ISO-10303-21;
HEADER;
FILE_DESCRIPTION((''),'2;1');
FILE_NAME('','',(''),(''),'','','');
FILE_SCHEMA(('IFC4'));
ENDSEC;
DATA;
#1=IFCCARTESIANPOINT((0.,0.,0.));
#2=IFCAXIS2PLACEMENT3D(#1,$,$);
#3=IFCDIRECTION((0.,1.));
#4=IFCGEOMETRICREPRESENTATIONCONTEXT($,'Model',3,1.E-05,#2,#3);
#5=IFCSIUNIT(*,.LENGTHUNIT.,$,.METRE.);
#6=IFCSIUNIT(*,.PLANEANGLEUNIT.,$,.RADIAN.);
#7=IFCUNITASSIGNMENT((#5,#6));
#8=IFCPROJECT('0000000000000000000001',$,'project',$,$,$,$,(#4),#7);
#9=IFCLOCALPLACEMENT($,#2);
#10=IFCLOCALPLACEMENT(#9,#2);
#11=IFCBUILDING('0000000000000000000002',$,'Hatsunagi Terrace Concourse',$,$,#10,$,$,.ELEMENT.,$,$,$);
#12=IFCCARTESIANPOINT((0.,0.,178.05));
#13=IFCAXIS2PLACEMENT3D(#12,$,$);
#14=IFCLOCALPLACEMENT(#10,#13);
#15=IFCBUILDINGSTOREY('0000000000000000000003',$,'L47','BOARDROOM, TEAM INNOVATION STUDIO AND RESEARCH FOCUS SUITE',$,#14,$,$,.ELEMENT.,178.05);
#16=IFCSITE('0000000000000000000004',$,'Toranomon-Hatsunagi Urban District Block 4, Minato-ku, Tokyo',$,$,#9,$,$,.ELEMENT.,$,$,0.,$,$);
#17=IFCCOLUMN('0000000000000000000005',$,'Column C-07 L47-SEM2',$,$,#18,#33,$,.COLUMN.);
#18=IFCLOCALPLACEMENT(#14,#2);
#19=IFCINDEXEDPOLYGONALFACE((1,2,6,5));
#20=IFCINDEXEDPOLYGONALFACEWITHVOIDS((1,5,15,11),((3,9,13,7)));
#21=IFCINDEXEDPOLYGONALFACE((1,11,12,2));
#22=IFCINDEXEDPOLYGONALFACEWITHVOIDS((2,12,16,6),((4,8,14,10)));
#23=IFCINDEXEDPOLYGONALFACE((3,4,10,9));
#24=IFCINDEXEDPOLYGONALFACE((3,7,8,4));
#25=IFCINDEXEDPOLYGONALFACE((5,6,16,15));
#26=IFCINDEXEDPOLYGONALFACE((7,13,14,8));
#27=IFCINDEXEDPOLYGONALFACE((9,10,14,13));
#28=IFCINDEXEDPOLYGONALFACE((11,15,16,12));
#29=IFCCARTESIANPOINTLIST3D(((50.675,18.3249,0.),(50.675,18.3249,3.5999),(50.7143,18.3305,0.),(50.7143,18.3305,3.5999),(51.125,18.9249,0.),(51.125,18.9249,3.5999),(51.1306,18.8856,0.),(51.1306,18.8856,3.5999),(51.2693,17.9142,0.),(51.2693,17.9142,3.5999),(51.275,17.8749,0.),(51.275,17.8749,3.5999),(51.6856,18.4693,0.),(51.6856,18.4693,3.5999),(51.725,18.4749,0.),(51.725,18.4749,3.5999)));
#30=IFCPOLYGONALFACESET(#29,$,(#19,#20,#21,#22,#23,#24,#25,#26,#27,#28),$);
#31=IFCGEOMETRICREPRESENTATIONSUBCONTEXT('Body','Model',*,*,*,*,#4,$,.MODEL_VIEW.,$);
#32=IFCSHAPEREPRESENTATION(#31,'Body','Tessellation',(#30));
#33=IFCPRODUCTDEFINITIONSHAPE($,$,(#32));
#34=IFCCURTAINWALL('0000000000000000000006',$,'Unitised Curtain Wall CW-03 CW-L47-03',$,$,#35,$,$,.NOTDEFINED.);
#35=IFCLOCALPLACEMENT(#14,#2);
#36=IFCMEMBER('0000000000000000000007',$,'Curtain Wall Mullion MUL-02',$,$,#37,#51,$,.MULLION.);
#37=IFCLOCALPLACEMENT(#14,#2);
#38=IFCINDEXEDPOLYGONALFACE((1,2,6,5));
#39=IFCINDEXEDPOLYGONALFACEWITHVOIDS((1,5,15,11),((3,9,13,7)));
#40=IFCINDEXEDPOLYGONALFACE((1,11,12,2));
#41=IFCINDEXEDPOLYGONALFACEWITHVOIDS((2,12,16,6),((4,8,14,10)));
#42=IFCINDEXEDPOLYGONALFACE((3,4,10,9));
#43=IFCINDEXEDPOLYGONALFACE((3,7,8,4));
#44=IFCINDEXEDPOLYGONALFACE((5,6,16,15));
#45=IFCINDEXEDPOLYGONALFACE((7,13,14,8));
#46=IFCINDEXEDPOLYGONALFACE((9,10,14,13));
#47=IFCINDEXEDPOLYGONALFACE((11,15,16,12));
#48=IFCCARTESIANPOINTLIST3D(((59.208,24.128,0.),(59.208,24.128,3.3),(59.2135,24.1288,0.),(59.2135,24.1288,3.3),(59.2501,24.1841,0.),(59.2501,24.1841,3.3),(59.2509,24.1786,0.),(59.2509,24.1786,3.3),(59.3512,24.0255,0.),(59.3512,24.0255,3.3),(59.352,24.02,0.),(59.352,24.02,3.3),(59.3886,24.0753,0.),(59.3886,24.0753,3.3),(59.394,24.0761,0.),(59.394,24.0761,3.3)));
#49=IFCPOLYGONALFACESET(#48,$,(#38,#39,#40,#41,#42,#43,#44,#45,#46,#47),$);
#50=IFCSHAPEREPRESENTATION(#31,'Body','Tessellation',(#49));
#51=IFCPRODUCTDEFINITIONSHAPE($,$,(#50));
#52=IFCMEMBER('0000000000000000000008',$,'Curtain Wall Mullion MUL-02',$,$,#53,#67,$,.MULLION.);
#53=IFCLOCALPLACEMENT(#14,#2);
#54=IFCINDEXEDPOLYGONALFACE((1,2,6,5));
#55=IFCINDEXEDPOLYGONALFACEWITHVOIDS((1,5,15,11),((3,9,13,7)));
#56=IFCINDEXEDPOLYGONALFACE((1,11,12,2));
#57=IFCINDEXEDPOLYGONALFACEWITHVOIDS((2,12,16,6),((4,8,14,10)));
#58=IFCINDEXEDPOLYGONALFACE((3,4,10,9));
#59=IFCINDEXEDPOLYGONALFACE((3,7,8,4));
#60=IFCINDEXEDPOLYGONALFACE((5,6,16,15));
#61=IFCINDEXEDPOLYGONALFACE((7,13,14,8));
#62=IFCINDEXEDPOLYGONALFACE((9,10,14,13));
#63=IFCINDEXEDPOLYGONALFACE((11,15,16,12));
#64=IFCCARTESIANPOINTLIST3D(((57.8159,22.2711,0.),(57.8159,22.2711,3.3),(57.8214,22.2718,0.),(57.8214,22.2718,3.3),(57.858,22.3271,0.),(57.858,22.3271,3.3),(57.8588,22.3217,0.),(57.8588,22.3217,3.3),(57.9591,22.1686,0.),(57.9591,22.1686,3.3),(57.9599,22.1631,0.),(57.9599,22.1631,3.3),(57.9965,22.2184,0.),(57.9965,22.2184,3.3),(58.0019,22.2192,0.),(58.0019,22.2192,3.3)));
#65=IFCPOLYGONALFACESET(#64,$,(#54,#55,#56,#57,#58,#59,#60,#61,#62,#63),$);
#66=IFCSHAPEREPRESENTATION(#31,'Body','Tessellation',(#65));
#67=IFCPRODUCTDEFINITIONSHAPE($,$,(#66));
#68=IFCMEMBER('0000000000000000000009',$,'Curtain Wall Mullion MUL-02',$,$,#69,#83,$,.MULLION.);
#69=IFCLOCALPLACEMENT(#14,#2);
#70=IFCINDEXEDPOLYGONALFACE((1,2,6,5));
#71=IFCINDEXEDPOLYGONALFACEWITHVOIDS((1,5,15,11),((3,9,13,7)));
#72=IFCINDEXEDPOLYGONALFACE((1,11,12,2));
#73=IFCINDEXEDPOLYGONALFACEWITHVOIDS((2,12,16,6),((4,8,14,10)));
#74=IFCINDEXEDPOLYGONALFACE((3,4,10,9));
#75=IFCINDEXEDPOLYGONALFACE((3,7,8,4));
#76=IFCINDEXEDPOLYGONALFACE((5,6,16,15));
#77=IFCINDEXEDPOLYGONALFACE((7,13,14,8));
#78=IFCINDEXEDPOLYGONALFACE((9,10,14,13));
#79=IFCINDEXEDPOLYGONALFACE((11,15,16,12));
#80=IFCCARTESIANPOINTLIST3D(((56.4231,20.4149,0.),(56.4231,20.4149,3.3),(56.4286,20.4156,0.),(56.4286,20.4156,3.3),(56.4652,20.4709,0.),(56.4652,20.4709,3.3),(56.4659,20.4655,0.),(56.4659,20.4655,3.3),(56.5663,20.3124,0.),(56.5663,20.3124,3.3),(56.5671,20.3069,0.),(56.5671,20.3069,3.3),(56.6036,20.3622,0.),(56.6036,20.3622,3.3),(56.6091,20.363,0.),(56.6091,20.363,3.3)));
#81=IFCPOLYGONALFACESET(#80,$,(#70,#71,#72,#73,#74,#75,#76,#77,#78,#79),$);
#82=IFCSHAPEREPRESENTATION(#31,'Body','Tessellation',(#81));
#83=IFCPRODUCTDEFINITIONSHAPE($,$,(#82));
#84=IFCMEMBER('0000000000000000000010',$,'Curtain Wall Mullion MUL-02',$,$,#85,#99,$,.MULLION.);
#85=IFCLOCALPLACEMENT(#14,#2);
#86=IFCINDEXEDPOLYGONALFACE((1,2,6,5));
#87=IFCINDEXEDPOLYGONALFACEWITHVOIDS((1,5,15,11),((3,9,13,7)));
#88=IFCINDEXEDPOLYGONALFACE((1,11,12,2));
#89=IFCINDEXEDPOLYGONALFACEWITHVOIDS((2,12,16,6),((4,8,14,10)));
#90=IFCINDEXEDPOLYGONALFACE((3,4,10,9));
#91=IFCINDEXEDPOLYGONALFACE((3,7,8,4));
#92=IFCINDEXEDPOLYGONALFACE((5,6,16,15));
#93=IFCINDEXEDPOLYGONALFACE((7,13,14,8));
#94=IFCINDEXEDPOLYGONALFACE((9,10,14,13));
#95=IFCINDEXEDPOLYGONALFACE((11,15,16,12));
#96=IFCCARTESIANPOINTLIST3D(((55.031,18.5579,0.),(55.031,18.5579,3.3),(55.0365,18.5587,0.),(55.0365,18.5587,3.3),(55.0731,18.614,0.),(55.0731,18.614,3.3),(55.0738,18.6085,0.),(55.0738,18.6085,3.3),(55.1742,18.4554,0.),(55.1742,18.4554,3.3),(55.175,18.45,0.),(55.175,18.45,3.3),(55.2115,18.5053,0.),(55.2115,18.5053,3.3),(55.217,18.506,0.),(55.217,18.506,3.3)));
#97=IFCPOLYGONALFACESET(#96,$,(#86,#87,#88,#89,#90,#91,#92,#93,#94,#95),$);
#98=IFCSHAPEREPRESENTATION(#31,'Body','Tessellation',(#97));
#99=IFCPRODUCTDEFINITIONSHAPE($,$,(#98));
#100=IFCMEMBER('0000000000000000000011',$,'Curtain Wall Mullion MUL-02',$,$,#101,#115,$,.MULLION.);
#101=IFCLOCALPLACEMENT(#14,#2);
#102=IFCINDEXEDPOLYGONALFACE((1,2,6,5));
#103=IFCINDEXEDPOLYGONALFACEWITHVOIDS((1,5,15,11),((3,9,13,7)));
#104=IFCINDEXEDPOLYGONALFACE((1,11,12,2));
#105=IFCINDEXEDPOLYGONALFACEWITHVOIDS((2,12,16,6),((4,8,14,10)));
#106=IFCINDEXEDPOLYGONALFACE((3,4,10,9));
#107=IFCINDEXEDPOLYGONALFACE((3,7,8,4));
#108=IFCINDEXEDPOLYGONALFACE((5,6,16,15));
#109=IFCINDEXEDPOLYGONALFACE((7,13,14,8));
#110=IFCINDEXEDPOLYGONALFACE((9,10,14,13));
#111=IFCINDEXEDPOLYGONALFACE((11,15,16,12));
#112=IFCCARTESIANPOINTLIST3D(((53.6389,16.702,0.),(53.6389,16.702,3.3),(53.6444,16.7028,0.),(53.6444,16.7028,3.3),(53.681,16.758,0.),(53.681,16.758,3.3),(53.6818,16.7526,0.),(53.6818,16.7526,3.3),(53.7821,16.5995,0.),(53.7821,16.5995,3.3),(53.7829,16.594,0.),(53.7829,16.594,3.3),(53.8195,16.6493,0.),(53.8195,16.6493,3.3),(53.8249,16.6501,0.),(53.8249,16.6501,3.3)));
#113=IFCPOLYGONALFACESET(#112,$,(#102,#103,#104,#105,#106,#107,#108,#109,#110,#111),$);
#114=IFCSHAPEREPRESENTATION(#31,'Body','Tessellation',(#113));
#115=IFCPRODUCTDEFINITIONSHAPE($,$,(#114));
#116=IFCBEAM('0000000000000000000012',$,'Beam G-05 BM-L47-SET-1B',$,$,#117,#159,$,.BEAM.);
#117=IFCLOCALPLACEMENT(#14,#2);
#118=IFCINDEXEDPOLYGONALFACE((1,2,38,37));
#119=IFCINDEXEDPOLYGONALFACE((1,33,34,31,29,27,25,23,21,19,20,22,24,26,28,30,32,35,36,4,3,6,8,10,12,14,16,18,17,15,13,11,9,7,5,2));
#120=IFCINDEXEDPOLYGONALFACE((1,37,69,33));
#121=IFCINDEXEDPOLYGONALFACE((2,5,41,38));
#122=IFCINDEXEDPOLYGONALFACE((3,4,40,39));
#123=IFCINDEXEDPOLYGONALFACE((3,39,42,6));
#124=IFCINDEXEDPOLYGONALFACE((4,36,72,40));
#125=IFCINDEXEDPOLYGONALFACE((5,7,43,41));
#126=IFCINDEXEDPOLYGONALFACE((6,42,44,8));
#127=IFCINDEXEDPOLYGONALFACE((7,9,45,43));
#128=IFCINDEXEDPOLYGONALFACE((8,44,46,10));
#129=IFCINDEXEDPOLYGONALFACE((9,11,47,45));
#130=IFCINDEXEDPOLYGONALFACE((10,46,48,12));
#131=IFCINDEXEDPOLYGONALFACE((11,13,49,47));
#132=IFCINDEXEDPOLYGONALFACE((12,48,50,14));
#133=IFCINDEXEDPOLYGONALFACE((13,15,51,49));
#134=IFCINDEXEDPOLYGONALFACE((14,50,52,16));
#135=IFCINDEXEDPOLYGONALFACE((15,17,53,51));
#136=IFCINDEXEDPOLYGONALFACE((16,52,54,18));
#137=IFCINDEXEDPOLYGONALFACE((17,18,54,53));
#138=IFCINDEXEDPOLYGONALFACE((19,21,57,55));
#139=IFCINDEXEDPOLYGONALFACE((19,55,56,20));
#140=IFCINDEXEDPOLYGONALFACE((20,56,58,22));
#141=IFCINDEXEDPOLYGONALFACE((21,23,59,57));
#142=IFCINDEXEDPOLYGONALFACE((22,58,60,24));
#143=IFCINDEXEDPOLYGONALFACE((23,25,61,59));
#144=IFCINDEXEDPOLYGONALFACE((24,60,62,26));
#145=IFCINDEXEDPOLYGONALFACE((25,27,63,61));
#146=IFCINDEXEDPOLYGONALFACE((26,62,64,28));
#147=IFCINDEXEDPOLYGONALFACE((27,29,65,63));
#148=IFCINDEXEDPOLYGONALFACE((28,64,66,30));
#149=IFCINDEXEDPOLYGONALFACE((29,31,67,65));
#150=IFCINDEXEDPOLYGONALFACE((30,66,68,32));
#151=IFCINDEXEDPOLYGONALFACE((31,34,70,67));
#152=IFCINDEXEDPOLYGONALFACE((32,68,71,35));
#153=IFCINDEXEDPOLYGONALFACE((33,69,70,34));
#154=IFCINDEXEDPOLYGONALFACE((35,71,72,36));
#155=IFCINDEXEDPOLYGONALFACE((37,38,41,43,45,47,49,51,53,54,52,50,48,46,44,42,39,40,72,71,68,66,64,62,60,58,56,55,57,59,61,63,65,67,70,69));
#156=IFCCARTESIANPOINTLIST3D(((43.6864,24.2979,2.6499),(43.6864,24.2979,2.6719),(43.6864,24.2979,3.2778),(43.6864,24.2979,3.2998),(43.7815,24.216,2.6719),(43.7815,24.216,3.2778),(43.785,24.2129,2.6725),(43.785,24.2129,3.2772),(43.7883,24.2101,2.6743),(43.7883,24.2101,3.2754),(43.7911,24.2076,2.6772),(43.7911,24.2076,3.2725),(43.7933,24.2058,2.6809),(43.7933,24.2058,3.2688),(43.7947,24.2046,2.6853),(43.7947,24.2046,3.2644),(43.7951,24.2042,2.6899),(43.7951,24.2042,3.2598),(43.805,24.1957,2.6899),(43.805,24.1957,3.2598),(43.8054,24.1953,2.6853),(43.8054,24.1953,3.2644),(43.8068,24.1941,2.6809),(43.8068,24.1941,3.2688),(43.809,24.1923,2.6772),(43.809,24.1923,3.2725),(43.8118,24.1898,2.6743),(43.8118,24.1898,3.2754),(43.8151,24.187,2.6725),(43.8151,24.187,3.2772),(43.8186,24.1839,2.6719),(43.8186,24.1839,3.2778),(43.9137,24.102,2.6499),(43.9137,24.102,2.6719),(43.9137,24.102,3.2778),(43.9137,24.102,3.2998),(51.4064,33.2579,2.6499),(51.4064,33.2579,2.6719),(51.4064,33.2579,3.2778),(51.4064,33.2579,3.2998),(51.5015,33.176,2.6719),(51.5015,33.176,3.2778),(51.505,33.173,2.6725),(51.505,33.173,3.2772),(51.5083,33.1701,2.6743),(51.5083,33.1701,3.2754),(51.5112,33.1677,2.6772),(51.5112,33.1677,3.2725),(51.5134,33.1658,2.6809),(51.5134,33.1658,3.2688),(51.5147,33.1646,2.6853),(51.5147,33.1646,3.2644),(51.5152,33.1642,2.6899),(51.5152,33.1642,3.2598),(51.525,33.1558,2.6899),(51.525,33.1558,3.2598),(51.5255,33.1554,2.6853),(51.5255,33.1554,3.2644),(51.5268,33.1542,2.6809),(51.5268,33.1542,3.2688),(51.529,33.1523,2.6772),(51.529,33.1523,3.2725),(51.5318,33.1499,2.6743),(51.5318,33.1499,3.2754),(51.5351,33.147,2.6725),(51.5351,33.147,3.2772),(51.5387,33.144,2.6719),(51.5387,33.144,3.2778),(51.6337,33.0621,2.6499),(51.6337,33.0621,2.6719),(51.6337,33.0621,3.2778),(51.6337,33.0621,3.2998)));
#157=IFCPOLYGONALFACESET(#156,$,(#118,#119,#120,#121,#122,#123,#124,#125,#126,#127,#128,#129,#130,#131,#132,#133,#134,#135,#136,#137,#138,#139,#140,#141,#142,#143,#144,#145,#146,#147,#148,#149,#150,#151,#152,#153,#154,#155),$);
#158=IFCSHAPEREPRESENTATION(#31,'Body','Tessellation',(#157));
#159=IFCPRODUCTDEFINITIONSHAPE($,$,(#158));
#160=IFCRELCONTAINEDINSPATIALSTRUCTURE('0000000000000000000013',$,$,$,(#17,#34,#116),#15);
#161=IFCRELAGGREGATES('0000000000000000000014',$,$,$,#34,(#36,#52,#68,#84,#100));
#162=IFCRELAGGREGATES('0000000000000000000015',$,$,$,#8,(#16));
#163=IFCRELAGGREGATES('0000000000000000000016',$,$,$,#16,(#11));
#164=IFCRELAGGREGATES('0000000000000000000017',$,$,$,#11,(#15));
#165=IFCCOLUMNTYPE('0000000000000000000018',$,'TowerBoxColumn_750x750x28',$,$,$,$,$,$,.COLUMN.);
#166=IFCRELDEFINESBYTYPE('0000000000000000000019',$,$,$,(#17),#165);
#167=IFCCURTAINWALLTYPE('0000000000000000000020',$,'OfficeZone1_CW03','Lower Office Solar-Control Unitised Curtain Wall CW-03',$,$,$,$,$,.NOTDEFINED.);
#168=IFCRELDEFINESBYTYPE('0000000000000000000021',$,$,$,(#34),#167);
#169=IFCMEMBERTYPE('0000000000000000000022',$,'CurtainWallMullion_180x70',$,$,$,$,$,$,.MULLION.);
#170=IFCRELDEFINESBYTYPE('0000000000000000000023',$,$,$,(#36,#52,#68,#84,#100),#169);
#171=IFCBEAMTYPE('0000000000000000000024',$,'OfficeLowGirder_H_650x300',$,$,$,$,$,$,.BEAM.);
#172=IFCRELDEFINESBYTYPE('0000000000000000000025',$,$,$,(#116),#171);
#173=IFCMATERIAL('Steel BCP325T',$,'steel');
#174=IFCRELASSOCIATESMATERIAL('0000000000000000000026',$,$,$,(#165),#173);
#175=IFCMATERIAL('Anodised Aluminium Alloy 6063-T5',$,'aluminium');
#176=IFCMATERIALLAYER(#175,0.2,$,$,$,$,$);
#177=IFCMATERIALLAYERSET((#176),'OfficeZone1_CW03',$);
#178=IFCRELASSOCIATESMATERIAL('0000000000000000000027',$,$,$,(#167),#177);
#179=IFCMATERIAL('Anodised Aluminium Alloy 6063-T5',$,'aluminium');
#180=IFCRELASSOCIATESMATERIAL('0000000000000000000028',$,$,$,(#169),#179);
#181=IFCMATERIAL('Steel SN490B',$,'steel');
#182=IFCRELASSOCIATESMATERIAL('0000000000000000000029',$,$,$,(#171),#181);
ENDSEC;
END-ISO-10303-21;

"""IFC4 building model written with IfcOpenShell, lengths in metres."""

from ifc_helpers import new_model, si_unit, direction, frame, origin, origin_2d, place, context, subcontext, project, spatial, hollow_rectangle, i_section, extrude, material, layer, layer_set, material_profile, profile_set, type_object, element, aggregate, save


model = new_model("IFC4")

# Units and contexts
model_context = context("Model", 3, precision=1e-05, world=origin(), true_north=direction((0.0, 1.0)))
body_context = subcontext(model_context, "Body", "Model", "MODEL_VIEW")
ifc_project = project(units=[si_unit("LENGTHUNIT", "METRE"), si_unit("PLANEANGLEUNIT", "RADIAN")], contexts=[model_context])

# Site, building, storey
site_placement = place(None, origin())
site = spatial("IfcSite", under=ifc_project, at=site_placement, Name="Toranomon-Hatsunagi Urban District Block 4, Minato-ku, Tokyo", CompositionType="ELEMENT", RefElevation=0.0)
building_placement = place(site_placement, origin())
building = spatial("IfcBuilding", under=site, at=building_placement, Name="Hatsunagi Terrace Concourse", CompositionType="ELEMENT")
storey_placement = place(building_placement, frame((0.0, 0.0, 178.05)))
storey = spatial("IfcBuildingStorey", under=building, at=storey_placement, Name="L47", Description="BOARDROOM, TEAM INNOVATION STUDIO AND RESEARCH FOCUS SUITE", CompositionType="ELEMENT", Elevation=178.05)

# Column
ifc_material_1 = material(Name="Steel BCP325T", Category="steel")
ifc_material_profile_1 = material_profile(ifc_material_1, hollow_rectangle(XDim=0.75, YDim=0.75, WallThickness=0.0281, at=origin_2d()), Name="BCP-750x750x28")
ifc_profile_set_1 = profile_set([ifc_material_profile_1], Name="Steel BCP325T")
column_type = type_object("IfcColumnType", Name="TowerBoxColumn_750x750x28", PredefinedType="COLUMN", material=ifc_profile_set_1)
column_placement = place(storey_placement, frame((51.2, 18.3999, 0.0), z_axis=(0.0, 0.0, 1.0), x_axis=(0.8, -0.6, 0.0)))
element("IfcColumn", 1, at=column_placement, inside=storey, type_object=column_type, Name="Column C-07 L47-SEM2", PredefinedType="COLUMN", context=body_context, shape_type="SweptSolid", body=[
    extrude(hollow_rectangle(XDim=0.75, YDim=0.75, WallThickness=0.0281, at=origin_2d()), origin(), (0.0, 0.0, 1.0), 3.5999),
])

# Curtain wall, members
ifc_material_2 = material(Name="Anodised Aluminium Alloy 6063-T5", Category="aluminium")
ifc_layer_1 = layer(ifc_material_2, 0.2)
ifc_layer_set_1 = layer_set([ifc_layer_1], Name="OfficeZone1_CW03")
curtain_wall_type = type_object("IfcCurtainWallType", Name="OfficeZone1_CW03", Description="Lower Office Solar-Control Unitised Curtain Wall CW-03", PredefinedType="NOTDEFINED", material=ifc_layer_set_1)
curtain_wall_placement = place(storey_placement, origin())
curtain_wall = element("IfcCurtainWall", 2, at=curtain_wall_placement, inside=storey, type_object=curtain_wall_type, Name="Unitised Curtain Wall CW-03 CW-L47-03", PredefinedType="NOTDEFINED")
ifc_material_3 = material(Name="Anodised Aluminium Alloy 6063-T5", Category="aluminium")
ifc_material_profile_2 = material_profile(ifc_material_3, hollow_rectangle(XDim=0.0701, YDim=0.1799, WallThickness=0.0039, at=origin_2d()), Name="ALU-MUL-180x70x4")
ifc_profile_set_2 = profile_set([ifc_material_profile_2], Name="Anodised Aluminium Alloy 6063-T5")
member_type = type_object("IfcMemberType", Name="CurtainWallMullion_180x70", PredefinedType="MULLION", material=ifc_profile_set_2)
member_1_placement = place(storey_placement, frame((59.301, 24.1021, 0.0), z_axis=(0.0, 0.0, 1.0), x_axis=(-0.599969, -0.800023, 0.0)))
member_1 = element("IfcMember", 3, at=member_1_placement, type_object=member_type, Name="Curtain Wall Mullion MUL-02", PredefinedType="MULLION", context=body_context, shape_type="SweptSolid", body=[
    extrude(hollow_rectangle(XDim=0.0701, YDim=0.1799, WallThickness=0.0039, at=origin_2d()), origin(), (0.0, 0.0, 1.0), 3.3),
])
member_2_placement = place(storey_placement, frame((57.9089, 22.2451, 0.0), z_axis=(0.0, 0.0, 1.0), x_axis=(-0.599969, -0.800023, 0.0)))
member_2 = element("IfcMember", 4, at=member_2_placement, type_object=member_type, Name="Curtain Wall Mullion MUL-02", PredefinedType="MULLION", context=body_context, shape_type="SweptSolid", body=[
    extrude(hollow_rectangle(XDim=0.0701, YDim=0.1799, WallThickness=0.0039, at=origin_2d()), origin(), (0.0, 0.0, 1.0), 3.3),
])
member_3_placement = place(storey_placement, frame((56.5161, 20.3889, 0.0), z_axis=(0.0, 0.0, 1.0), x_axis=(-0.599969, -0.800023, 0.0)))
member_3 = element("IfcMember", 5, at=member_3_placement, type_object=member_type, Name="Curtain Wall Mullion MUL-02", PredefinedType="MULLION", context=body_context, shape_type="SweptSolid", body=[
    extrude(hollow_rectangle(XDim=0.0701, YDim=0.1799, WallThickness=0.0039, at=origin_2d()), origin(), (0.0, 0.0, 1.0), 3.3),
])
member_4_placement = place(storey_placement, frame((55.124, 18.532, 0.0), z_axis=(0.0, 0.0, 1.0), x_axis=(-0.599969, -0.800023, 0.0)))
member_4 = element("IfcMember", 6, at=member_4_placement, type_object=member_type, Name="Curtain Wall Mullion MUL-02", PredefinedType="MULLION", context=body_context, shape_type="SweptSolid", body=[
    extrude(hollow_rectangle(XDim=0.0701, YDim=0.1799, WallThickness=0.0039, at=origin_2d()), origin(), (0.0, 0.0, 1.0), 3.3),
])
member_5_placement = place(storey_placement, frame((53.7319, 16.676, 0.0), z_axis=(0.0, 0.0, 1.0), x_axis=(-0.599969, -0.800023, 0.0)))
member_5 = element("IfcMember", 7, at=member_5_placement, type_object=member_type, Name="Curtain Wall Mullion MUL-02", PredefinedType="MULLION", context=body_context, shape_type="SweptSolid", body=[
    extrude(hollow_rectangle(XDim=0.0701, YDim=0.1799, WallThickness=0.0039, at=origin_2d()), origin(), (0.0, 0.0, 1.0), 3.3),
])

# Beam
ifc_material_4 = material(Name="Steel SN490B", Category="steel")
ifc_material_profile_3 = material_profile(ifc_material_4, i_section(OverallWidth=0.3, OverallDepth=0.6499, WebThickness=0.0129, FlangeThickness=0.022, FilletRadius=0.0181, at=origin_2d()), Name="H-650x300x13x22")
ifc_profile_set_3 = profile_set([ifc_material_profile_3], Name="Steel SN490B")
beam_type = type_object("IfcBeamType", Name="OfficeLowGirder_H_650x300", PredefinedType="BEAM", material=ifc_profile_set_3)
beam_1_placement = place(storey_placement, frame((43.8, 24.2, 2.9749), z_axis=(0.652739, 0.757583, 0.0), x_axis=(-0.757583, 0.652739, 0.0)))
element("IfcBeam", 8, at=beam_1_placement, inside=storey, type_object=beam_type, Name="Beam G-05 BM-L47-SET-1B", PredefinedType="BEAM", context=body_context, shape_type="SweptSolid", body=[
    extrude(i_section(OverallWidth=0.3, OverallDepth=0.6499, WebThickness=0.0129, FlangeThickness=0.022, FilletRadius=0.0181, at=origin_2d()), origin(), (0.0, 0.0, 1.0), 11.8271),
])

aggregate(curtain_wall, [member_1, member_2, member_3, member_4, member_5])

save(model, "model.ifc")
